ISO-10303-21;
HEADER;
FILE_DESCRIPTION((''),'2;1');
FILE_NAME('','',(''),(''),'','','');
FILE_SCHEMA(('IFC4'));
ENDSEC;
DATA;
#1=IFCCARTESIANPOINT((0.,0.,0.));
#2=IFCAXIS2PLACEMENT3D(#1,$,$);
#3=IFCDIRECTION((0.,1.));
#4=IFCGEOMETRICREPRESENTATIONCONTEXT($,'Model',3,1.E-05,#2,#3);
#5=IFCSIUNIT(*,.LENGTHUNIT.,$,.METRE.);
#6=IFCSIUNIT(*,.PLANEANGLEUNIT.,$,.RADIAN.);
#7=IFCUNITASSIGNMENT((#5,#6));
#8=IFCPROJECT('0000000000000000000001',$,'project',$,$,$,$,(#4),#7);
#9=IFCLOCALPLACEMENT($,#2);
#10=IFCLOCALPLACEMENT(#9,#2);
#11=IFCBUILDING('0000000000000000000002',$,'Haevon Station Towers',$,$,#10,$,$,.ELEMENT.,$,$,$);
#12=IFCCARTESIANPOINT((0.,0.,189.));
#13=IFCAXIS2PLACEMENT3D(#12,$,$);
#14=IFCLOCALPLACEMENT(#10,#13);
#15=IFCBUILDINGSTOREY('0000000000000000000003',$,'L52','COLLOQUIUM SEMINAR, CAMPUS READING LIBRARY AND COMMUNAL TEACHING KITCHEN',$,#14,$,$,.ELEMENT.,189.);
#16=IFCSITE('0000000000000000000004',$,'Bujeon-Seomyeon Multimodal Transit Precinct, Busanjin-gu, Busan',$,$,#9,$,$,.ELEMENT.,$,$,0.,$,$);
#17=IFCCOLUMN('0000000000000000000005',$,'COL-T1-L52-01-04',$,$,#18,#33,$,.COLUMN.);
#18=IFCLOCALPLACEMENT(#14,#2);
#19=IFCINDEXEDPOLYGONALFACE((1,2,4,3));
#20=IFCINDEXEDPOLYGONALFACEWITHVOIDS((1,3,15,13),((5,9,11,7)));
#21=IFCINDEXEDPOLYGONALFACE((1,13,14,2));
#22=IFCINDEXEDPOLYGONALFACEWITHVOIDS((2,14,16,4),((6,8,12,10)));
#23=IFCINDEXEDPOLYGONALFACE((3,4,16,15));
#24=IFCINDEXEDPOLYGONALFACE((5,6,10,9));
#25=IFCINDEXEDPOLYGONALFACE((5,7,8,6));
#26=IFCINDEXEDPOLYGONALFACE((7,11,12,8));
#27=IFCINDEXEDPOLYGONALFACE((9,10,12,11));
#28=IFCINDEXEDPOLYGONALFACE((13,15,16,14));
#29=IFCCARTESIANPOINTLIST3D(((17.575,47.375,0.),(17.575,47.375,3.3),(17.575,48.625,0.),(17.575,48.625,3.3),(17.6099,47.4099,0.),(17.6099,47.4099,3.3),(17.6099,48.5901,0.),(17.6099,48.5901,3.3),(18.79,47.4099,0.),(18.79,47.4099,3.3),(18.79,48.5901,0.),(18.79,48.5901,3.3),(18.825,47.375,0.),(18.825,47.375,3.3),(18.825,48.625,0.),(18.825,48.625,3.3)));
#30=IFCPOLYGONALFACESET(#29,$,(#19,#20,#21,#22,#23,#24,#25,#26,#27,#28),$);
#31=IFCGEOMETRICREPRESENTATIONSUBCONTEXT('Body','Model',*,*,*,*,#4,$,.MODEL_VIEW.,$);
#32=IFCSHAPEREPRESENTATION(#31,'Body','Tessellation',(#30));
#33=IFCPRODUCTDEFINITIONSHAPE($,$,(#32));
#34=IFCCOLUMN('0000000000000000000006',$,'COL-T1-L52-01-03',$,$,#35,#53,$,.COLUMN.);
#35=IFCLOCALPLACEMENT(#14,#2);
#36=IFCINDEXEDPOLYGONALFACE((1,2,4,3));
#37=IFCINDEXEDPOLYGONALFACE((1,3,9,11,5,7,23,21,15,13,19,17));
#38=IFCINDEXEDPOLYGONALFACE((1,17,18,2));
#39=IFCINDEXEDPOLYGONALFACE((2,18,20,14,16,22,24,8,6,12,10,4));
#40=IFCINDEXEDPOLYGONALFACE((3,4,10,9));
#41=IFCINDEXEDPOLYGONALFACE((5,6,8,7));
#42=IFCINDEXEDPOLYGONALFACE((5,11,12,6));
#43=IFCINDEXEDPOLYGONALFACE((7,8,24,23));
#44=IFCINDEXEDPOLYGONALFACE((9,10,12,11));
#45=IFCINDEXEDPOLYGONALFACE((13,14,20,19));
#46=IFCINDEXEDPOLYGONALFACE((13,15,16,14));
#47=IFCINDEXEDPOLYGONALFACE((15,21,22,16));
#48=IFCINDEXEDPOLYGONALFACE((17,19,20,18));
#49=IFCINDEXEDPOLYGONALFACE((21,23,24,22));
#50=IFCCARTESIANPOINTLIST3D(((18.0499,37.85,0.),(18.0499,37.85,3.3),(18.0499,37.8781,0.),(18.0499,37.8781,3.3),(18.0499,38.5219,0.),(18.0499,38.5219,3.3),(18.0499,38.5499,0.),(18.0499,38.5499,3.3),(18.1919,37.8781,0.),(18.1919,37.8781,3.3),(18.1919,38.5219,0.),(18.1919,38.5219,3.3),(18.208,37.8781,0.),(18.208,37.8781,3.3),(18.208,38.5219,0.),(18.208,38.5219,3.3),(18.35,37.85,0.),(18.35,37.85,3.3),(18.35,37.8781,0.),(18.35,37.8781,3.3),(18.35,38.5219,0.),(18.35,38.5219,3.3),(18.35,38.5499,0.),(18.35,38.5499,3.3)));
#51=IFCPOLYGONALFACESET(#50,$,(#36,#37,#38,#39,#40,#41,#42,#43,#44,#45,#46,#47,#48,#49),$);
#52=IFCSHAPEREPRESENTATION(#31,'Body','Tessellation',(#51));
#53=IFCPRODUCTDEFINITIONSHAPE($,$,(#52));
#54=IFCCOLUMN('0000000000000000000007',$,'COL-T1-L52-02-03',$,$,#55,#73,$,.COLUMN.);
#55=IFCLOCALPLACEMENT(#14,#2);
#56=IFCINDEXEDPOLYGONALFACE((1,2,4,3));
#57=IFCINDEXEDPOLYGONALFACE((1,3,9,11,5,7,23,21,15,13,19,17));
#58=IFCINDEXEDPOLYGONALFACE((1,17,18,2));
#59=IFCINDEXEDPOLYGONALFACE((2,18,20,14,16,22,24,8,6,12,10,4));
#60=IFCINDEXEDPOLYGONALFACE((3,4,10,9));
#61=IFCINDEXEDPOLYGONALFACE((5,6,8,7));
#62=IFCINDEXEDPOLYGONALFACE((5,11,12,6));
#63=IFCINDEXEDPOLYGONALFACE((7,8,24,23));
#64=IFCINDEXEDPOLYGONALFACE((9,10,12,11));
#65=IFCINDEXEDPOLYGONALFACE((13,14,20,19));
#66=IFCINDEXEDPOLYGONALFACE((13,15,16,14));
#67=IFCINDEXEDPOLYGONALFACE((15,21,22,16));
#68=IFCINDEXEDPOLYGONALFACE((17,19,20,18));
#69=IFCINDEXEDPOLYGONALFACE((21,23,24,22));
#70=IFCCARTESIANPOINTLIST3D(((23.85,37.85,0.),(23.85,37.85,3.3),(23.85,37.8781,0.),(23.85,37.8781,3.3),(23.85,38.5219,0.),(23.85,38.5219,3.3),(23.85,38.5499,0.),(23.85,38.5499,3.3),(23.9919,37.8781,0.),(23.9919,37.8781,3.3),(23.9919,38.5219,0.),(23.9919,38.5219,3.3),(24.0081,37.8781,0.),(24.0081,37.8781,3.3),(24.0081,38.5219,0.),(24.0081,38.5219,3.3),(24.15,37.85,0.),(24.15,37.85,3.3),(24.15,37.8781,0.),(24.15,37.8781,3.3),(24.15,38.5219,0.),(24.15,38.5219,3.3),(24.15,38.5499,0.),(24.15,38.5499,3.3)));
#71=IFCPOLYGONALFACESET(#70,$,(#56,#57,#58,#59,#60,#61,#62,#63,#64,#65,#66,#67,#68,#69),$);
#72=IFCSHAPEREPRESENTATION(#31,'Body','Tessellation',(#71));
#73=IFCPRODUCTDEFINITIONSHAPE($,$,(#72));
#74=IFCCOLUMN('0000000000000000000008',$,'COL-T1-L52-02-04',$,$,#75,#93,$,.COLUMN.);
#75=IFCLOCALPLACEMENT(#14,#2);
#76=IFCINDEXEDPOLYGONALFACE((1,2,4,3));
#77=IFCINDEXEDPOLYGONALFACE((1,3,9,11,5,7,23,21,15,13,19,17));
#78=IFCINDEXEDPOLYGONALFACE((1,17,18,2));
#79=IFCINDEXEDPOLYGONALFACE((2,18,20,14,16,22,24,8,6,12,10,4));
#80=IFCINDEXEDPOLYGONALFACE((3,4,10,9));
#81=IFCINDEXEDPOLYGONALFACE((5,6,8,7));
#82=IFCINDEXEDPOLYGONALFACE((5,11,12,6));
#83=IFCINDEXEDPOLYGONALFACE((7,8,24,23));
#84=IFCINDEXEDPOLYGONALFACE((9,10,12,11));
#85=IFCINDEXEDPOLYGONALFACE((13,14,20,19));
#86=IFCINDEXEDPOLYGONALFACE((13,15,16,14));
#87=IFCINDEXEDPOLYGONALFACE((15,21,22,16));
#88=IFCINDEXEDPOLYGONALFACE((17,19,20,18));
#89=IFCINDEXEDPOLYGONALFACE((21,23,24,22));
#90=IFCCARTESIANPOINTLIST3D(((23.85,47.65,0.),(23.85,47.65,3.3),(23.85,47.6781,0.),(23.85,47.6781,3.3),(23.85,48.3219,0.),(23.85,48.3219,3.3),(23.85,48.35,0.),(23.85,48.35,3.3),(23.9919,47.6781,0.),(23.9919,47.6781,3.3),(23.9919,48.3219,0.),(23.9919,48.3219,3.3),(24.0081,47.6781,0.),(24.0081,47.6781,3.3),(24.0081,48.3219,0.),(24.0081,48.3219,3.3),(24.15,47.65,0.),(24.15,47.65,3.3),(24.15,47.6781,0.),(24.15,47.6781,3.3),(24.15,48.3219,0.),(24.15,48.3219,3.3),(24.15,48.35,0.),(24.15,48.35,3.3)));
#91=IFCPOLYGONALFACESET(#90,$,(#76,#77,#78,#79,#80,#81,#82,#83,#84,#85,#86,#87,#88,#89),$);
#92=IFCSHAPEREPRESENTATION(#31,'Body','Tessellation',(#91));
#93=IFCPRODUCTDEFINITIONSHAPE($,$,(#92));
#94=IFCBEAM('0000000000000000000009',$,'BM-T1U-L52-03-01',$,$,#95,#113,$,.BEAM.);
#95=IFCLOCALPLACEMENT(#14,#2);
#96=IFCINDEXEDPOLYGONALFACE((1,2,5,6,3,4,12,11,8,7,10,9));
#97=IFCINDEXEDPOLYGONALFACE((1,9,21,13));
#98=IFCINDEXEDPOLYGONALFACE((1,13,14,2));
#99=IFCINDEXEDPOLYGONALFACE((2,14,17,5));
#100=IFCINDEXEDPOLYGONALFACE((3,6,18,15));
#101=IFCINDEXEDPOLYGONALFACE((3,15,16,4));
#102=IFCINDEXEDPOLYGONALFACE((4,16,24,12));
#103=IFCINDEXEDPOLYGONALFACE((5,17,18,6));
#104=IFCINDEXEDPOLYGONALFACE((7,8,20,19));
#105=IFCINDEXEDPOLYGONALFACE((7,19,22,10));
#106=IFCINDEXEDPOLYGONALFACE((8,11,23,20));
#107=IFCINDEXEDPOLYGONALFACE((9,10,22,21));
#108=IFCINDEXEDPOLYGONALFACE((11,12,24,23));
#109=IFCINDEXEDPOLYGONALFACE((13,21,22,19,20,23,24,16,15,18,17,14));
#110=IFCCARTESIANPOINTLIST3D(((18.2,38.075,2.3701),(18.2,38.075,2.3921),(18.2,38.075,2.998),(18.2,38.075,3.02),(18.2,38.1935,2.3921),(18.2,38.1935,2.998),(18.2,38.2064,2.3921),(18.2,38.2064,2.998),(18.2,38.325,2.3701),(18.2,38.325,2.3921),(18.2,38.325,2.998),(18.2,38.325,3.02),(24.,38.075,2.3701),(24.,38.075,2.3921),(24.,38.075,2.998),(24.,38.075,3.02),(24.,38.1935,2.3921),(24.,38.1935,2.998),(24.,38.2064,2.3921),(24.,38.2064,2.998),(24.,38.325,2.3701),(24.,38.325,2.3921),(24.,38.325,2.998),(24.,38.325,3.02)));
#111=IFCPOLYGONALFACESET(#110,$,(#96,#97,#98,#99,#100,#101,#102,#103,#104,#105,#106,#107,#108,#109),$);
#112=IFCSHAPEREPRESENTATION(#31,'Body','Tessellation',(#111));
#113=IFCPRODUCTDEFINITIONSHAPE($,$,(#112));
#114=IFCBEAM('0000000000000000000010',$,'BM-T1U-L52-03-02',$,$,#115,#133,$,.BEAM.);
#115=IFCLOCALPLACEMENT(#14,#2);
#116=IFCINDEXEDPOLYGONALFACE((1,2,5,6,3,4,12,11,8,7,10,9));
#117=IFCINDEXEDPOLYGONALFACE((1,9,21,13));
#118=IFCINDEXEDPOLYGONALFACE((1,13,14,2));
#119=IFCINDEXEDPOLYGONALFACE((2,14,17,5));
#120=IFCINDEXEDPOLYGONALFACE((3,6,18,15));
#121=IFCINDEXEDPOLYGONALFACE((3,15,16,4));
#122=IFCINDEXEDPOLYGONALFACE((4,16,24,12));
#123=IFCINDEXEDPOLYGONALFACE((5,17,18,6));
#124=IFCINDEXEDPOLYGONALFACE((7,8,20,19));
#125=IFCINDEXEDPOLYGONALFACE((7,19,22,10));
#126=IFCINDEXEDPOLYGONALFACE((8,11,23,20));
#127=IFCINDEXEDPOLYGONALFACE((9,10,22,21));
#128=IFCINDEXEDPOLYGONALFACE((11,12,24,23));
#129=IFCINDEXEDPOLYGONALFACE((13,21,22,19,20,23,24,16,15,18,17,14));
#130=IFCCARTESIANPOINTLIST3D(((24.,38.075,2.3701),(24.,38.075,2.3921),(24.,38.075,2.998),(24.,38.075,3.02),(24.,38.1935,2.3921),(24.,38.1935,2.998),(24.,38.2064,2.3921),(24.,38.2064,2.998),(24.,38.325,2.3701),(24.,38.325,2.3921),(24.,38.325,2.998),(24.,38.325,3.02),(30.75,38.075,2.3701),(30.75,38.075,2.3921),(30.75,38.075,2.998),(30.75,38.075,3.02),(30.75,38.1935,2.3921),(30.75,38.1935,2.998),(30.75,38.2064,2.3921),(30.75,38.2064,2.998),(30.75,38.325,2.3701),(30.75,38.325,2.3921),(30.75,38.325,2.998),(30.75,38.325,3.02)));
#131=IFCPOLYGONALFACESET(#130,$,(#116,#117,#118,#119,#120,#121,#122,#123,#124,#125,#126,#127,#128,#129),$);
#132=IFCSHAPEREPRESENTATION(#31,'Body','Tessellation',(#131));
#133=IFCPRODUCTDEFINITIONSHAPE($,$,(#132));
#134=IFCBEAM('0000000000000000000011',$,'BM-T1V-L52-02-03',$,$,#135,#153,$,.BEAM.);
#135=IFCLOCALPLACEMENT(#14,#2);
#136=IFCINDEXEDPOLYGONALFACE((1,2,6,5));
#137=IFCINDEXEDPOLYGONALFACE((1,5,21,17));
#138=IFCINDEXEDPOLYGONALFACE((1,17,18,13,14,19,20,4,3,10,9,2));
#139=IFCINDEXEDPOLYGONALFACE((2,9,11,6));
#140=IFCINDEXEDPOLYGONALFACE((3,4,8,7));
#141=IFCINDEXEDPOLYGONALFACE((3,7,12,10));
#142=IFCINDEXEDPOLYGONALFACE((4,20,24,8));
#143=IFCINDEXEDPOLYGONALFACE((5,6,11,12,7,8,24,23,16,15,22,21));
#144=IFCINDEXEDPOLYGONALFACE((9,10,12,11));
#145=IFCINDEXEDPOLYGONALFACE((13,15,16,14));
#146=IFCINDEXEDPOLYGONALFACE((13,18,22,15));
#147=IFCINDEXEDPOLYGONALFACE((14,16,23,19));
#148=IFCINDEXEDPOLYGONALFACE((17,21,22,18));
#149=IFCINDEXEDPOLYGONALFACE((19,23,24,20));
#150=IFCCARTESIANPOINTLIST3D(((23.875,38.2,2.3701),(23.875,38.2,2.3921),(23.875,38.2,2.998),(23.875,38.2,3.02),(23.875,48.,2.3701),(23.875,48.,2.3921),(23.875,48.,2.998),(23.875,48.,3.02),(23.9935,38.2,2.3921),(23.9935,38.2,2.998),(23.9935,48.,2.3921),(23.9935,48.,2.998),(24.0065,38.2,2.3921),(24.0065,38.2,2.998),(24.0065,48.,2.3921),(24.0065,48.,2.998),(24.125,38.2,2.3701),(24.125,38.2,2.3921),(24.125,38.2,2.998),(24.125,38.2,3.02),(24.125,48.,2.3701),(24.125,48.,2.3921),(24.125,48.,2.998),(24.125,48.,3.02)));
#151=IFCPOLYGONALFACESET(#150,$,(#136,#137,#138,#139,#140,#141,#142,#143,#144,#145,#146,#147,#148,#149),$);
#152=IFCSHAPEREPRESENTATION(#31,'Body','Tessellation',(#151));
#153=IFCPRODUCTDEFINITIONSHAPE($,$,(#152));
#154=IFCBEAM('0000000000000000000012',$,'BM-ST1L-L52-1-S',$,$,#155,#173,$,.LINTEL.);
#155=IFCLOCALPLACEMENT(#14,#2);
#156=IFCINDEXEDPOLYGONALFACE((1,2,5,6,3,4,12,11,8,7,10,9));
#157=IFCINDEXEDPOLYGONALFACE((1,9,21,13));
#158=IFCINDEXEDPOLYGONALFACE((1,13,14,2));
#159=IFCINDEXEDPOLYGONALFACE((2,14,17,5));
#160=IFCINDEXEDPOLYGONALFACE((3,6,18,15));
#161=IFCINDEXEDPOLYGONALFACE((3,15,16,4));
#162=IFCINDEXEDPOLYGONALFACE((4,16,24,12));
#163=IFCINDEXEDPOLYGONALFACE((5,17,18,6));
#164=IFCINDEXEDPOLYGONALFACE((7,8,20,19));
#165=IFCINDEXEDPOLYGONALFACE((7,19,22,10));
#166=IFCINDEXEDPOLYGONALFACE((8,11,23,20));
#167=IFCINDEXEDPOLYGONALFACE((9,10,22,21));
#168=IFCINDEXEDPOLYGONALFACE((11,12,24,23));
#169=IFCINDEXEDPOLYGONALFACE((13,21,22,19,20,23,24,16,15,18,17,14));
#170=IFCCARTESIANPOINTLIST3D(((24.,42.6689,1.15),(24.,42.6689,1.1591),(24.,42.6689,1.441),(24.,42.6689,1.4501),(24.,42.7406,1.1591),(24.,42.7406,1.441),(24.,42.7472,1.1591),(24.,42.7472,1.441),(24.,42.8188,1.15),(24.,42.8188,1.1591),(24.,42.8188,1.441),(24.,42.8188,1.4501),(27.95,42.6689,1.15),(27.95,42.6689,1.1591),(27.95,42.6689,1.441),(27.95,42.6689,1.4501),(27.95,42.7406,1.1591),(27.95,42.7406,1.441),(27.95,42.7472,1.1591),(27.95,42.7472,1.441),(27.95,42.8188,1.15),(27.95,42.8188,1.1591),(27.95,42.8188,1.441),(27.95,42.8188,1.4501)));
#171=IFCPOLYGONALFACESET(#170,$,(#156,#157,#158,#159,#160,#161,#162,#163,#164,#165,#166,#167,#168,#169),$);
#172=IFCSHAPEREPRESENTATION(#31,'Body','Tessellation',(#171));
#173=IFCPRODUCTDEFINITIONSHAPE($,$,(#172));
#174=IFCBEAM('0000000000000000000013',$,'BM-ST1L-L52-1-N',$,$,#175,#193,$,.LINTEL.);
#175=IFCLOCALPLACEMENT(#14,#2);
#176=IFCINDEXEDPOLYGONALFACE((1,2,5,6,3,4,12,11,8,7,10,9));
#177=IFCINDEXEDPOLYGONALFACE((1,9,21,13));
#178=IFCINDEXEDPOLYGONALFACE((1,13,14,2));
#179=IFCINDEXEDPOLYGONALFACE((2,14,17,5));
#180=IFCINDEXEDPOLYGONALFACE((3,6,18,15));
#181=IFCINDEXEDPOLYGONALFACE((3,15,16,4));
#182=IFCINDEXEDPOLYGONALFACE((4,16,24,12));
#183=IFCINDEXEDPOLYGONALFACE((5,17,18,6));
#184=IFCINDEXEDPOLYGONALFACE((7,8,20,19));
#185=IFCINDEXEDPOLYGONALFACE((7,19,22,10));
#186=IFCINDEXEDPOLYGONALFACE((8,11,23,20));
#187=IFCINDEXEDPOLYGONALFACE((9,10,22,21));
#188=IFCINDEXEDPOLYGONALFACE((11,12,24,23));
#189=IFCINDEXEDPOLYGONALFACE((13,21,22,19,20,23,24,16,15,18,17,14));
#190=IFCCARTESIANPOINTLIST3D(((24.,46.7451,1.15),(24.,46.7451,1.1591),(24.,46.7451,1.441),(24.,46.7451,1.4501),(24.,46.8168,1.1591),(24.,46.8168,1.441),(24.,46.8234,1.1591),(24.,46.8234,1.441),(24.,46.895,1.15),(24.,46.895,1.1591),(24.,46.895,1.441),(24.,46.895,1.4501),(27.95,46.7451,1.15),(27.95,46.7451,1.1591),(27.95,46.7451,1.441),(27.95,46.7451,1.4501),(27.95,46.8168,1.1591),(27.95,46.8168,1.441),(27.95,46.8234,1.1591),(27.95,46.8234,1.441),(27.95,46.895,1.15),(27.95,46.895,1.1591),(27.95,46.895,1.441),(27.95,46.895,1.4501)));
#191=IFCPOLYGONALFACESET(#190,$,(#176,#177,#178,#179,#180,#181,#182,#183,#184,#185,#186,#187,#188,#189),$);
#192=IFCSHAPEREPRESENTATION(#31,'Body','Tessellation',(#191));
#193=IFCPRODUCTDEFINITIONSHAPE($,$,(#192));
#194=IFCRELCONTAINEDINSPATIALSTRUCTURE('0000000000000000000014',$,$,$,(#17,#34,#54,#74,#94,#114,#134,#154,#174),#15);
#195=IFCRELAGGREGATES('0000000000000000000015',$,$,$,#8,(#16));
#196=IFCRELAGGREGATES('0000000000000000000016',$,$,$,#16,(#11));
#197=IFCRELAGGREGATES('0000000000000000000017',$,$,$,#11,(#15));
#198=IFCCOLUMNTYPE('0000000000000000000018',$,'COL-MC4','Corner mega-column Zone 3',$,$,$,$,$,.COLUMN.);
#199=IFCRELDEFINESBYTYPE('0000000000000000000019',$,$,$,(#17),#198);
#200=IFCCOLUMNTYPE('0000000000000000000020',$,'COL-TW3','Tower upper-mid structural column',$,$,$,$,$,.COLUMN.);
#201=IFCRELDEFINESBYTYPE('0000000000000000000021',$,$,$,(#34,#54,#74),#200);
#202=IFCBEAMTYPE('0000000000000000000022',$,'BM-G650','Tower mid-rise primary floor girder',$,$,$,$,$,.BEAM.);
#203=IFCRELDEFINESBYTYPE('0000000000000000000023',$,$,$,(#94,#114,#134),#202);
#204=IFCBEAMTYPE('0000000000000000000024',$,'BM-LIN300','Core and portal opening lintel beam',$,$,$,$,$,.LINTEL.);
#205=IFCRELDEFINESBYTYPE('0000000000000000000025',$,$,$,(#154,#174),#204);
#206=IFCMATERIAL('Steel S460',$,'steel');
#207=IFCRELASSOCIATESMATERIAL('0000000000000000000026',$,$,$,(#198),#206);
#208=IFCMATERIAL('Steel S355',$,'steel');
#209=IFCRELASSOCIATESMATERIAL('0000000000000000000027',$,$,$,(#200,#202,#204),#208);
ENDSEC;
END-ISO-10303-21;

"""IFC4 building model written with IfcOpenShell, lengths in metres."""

from ifc_helpers import new_model, si_unit, direction, frame, origin, origin_2d, place, context, subcontext, project, spatial, hollow_rectangle, i_section, extrude, material, material_profile, profile_set, type_object, element, save


model = new_model("IFC4")

# Units and contexts
model_context = context("Model", 3, precision=1e-05, world=origin(), true_north=direction((0.0, 1.0)))
body_context = subcontext(model_context, "Body", "Model", "MODEL_VIEW")
ifc_project = project(units=[si_unit("LENGTHUNIT", "METRE"), si_unit("PLANEANGLEUNIT", "RADIAN")], contexts=[model_context])

# Site, building, storey
site_placement = place(None, origin())
site = spatial("IfcSite", under=ifc_project, at=site_placement, Name="Bujeon-Seomyeon Multimodal Transit Precinct, Busanjin-gu, Busan", CompositionType="ELEMENT", RefElevation=0.0)
building_placement = place(site_placement, origin())
building = spatial("IfcBuilding", under=site, at=building_placement, Name="Haevon Station Towers", CompositionType="ELEMENT")
storey_placement = place(building_placement, frame((0.0, 0.0, 189.0)))
storey = spatial("IfcBuildingStorey", under=building, at=storey_placement, Name="L52", Description="COLLOQUIUM SEMINAR, CAMPUS READING LIBRARY AND COMMUNAL TEACHING KITCHEN", CompositionType="ELEMENT", Elevation=189.0)

# Columns
ifc_material_1 = material(Name="Steel S460", Category="steel")
ifc_material_profile_1 = material_profile(ifc_material_1, hollow_rectangle(XDim=1.25, YDim=1.25, WallThickness=0.0349, at=origin_2d()), Name="BOX-1250x1250x35")
ifc_profile_set_1 = profile_set([ifc_material_profile_1], Name="Steel S460")
column_type_1 = type_object("IfcColumnType", Name="COL-MC4", Description="Corner mega-column Zone 3", PredefinedType="COLUMN", material=ifc_profile_set_1)
column_placement = place(storey_placement, frame((18.2, 48.0, 0.0), z_axis=(0.0, 0.0, 1.0), x_axis=(1.0, 0.0, 0.0)))
element("IfcColumn", 1, at=column_placement, inside=storey, type_object=column_type_1, Name="COL-T1-L52-01-04", PredefinedType="COLUMN", context=body_context, shape_type="SweptSolid", body=[
    extrude(hollow_rectangle(XDim=1.25, YDim=1.25, WallThickness=0.0349, at=origin_2d()), origin(), (0.0, 0.0, 1.0), 3.3),
])
ifc_material_2 = material(Name="Steel S355", Category="steel")
ifc_material_profile_2 = material_profile(ifc_material_2, i_section(OverallWidth=0.3, OverallDepth=0.7, WebThickness=0.0161, FlangeThickness=0.0281, at=origin_2d()), Name="H-700x300x16x28")
ifc_profile_set_2 = profile_set([ifc_material_profile_2], Name="Steel S355")
column_type_2 = type_object("IfcColumnType", Name="COL-TW3", Description="Tower upper-mid structural column", PredefinedType="COLUMN", material=ifc_profile_set_2)
for number, where, z_axis, x_axis, name in (
    (2, (18.2, 38.2, 0.0), (0.0, 0.0, 1.0), (1.0, 0.0, 0.0), "COL-T1-L52-01-03"),
    (3, (24.0, 38.2, 0.0), (0.0, 0.0, 1.0), (1.0, 0.0, 0.0), "COL-T1-L52-02-03"),
    (4, (24.0, 48.0, 0.0), (0.0, 0.0, 1.0), (1.0, 0.0, 0.0), "COL-T1-L52-02-04"),
):
    element("IfcColumn", number, at=place(storey_placement, frame(where, z_axis=z_axis, x_axis=x_axis)), inside=storey, type_object=column_type_2, Name=name, PredefinedType="COLUMN", context=body_context, shape_type="SweptSolid", body=[
        extrude(i_section(OverallWidth=0.3, OverallDepth=0.7, WebThickness=0.0161, FlangeThickness=0.0281, at=origin_2d()), origin(), (0.0, 0.0, 1.0), 3.3),
    ])

# Beams
ifc_material_profile_3 = material_profile(ifc_material_2, i_section(OverallWidth=0.25, OverallDepth=0.6499, WebThickness=0.0129, FlangeThickness=0.022, at=origin_2d()), Name="H-650x250x13x22")
ifc_profile_set_3 = profile_set([ifc_material_profile_3], Name="Steel S355")
beam_type_1 = type_object("IfcBeamType", Name="BM-G650", Description="Tower mid-rise primary floor girder", PredefinedType="BEAM", material=ifc_profile_set_3)
beam_1_placement = place(storey_placement, frame((18.2, 38.2, 2.6951), z_axis=(1.0, 0.0, 0.0), x_axis=(0.0, 1.0, 0.0)))
element("IfcBeam", 5, at=beam_1_placement, inside=storey, type_object=beam_type_1, Name="BM-T1U-L52-03-01", PredefinedType="BEAM", context=body_context, shape_type="SweptSolid", body=[
    extrude(i_section(OverallWidth=0.25, OverallDepth=0.6499, WebThickness=0.0129, FlangeThickness=0.022, at=origin_2d()), origin(), (0.0, 0.0, 1.0), 5.8),
])
beam_2_placement = place(storey_placement, frame((24.0, 38.2, 2.6951), z_axis=(1.0, 0.0, 0.0), x_axis=(0.0, 1.0, 0.0)))
element("IfcBeam", 6, at=beam_2_placement, inside=storey, type_object=beam_type_1, Name="BM-T1U-L52-03-02", PredefinedType="BEAM", context=body_context, shape_type="SweptSolid", body=[
    extrude(i_section(OverallWidth=0.25, OverallDepth=0.6499, WebThickness=0.0129, FlangeThickness=0.022, at=origin_2d()), origin(), (0.0, 0.0, 1.0), 6.75),
])
beam_3_placement = place(storey_placement, frame((24.0, 38.2, 2.6951), z_axis=(0.0, 1.0, 0.0), x_axis=(-1.0, 0.0, 0.0)))
element("IfcBeam", 7, at=beam_3_placement, inside=storey, type_object=beam_type_1, Name="BM-T1V-L52-02-03", PredefinedType="BEAM", context=body_context, shape_type="SweptSolid", body=[
    extrude(i_section(OverallWidth=0.25, OverallDepth=0.6499, WebThickness=0.0129, FlangeThickness=0.022, at=origin_2d()), origin(), (0.0, 0.0, 1.0), 9.8),
])
ifc_material_profile_4 = material_profile(ifc_material_2, i_section(OverallWidth=0.1499, OverallDepth=0.3, WebThickness=0.0066, FlangeThickness=0.009, at=origin_2d()), Name="H-300x150x6.5x9")
ifc_profile_set_4 = profile_set([ifc_material_profile_4], Name="Steel S355")
beam_type_2 = type_object("IfcBeamType", Name="BM-LIN300", Description="Core and portal opening lintel beam", PredefinedType="LINTEL", material=ifc_profile_set_4)
for number, where, z_axis, x_axis, name in (
    (8, (24.0, 42.7439, 1.3), (1.0, 0.0, 0.0), (0.0, 1.0, 0.0), "BM-ST1L-L52-1-S"),
    (9, (24.0, 46.8201, 1.3), (1.0, 0.0, 0.0), (0.0, 1.0, 0.0), "BM-ST1L-L52-1-N"),
):
    element("IfcBeam", number, at=place(storey_placement, frame(where, z_axis=z_axis, x_axis=x_axis)), inside=storey, type_object=beam_type_2, Name=name, PredefinedType="LINTEL", context=body_context, shape_type="SweptSolid", body=[
        extrude(i_section(OverallWidth=0.1499, OverallDepth=0.3, WebThickness=0.0066, FlangeThickness=0.009, at=origin_2d()), origin(), (0.0, 0.0, 1.0), 3.95),
    ])

save(model, "model.ifc")
